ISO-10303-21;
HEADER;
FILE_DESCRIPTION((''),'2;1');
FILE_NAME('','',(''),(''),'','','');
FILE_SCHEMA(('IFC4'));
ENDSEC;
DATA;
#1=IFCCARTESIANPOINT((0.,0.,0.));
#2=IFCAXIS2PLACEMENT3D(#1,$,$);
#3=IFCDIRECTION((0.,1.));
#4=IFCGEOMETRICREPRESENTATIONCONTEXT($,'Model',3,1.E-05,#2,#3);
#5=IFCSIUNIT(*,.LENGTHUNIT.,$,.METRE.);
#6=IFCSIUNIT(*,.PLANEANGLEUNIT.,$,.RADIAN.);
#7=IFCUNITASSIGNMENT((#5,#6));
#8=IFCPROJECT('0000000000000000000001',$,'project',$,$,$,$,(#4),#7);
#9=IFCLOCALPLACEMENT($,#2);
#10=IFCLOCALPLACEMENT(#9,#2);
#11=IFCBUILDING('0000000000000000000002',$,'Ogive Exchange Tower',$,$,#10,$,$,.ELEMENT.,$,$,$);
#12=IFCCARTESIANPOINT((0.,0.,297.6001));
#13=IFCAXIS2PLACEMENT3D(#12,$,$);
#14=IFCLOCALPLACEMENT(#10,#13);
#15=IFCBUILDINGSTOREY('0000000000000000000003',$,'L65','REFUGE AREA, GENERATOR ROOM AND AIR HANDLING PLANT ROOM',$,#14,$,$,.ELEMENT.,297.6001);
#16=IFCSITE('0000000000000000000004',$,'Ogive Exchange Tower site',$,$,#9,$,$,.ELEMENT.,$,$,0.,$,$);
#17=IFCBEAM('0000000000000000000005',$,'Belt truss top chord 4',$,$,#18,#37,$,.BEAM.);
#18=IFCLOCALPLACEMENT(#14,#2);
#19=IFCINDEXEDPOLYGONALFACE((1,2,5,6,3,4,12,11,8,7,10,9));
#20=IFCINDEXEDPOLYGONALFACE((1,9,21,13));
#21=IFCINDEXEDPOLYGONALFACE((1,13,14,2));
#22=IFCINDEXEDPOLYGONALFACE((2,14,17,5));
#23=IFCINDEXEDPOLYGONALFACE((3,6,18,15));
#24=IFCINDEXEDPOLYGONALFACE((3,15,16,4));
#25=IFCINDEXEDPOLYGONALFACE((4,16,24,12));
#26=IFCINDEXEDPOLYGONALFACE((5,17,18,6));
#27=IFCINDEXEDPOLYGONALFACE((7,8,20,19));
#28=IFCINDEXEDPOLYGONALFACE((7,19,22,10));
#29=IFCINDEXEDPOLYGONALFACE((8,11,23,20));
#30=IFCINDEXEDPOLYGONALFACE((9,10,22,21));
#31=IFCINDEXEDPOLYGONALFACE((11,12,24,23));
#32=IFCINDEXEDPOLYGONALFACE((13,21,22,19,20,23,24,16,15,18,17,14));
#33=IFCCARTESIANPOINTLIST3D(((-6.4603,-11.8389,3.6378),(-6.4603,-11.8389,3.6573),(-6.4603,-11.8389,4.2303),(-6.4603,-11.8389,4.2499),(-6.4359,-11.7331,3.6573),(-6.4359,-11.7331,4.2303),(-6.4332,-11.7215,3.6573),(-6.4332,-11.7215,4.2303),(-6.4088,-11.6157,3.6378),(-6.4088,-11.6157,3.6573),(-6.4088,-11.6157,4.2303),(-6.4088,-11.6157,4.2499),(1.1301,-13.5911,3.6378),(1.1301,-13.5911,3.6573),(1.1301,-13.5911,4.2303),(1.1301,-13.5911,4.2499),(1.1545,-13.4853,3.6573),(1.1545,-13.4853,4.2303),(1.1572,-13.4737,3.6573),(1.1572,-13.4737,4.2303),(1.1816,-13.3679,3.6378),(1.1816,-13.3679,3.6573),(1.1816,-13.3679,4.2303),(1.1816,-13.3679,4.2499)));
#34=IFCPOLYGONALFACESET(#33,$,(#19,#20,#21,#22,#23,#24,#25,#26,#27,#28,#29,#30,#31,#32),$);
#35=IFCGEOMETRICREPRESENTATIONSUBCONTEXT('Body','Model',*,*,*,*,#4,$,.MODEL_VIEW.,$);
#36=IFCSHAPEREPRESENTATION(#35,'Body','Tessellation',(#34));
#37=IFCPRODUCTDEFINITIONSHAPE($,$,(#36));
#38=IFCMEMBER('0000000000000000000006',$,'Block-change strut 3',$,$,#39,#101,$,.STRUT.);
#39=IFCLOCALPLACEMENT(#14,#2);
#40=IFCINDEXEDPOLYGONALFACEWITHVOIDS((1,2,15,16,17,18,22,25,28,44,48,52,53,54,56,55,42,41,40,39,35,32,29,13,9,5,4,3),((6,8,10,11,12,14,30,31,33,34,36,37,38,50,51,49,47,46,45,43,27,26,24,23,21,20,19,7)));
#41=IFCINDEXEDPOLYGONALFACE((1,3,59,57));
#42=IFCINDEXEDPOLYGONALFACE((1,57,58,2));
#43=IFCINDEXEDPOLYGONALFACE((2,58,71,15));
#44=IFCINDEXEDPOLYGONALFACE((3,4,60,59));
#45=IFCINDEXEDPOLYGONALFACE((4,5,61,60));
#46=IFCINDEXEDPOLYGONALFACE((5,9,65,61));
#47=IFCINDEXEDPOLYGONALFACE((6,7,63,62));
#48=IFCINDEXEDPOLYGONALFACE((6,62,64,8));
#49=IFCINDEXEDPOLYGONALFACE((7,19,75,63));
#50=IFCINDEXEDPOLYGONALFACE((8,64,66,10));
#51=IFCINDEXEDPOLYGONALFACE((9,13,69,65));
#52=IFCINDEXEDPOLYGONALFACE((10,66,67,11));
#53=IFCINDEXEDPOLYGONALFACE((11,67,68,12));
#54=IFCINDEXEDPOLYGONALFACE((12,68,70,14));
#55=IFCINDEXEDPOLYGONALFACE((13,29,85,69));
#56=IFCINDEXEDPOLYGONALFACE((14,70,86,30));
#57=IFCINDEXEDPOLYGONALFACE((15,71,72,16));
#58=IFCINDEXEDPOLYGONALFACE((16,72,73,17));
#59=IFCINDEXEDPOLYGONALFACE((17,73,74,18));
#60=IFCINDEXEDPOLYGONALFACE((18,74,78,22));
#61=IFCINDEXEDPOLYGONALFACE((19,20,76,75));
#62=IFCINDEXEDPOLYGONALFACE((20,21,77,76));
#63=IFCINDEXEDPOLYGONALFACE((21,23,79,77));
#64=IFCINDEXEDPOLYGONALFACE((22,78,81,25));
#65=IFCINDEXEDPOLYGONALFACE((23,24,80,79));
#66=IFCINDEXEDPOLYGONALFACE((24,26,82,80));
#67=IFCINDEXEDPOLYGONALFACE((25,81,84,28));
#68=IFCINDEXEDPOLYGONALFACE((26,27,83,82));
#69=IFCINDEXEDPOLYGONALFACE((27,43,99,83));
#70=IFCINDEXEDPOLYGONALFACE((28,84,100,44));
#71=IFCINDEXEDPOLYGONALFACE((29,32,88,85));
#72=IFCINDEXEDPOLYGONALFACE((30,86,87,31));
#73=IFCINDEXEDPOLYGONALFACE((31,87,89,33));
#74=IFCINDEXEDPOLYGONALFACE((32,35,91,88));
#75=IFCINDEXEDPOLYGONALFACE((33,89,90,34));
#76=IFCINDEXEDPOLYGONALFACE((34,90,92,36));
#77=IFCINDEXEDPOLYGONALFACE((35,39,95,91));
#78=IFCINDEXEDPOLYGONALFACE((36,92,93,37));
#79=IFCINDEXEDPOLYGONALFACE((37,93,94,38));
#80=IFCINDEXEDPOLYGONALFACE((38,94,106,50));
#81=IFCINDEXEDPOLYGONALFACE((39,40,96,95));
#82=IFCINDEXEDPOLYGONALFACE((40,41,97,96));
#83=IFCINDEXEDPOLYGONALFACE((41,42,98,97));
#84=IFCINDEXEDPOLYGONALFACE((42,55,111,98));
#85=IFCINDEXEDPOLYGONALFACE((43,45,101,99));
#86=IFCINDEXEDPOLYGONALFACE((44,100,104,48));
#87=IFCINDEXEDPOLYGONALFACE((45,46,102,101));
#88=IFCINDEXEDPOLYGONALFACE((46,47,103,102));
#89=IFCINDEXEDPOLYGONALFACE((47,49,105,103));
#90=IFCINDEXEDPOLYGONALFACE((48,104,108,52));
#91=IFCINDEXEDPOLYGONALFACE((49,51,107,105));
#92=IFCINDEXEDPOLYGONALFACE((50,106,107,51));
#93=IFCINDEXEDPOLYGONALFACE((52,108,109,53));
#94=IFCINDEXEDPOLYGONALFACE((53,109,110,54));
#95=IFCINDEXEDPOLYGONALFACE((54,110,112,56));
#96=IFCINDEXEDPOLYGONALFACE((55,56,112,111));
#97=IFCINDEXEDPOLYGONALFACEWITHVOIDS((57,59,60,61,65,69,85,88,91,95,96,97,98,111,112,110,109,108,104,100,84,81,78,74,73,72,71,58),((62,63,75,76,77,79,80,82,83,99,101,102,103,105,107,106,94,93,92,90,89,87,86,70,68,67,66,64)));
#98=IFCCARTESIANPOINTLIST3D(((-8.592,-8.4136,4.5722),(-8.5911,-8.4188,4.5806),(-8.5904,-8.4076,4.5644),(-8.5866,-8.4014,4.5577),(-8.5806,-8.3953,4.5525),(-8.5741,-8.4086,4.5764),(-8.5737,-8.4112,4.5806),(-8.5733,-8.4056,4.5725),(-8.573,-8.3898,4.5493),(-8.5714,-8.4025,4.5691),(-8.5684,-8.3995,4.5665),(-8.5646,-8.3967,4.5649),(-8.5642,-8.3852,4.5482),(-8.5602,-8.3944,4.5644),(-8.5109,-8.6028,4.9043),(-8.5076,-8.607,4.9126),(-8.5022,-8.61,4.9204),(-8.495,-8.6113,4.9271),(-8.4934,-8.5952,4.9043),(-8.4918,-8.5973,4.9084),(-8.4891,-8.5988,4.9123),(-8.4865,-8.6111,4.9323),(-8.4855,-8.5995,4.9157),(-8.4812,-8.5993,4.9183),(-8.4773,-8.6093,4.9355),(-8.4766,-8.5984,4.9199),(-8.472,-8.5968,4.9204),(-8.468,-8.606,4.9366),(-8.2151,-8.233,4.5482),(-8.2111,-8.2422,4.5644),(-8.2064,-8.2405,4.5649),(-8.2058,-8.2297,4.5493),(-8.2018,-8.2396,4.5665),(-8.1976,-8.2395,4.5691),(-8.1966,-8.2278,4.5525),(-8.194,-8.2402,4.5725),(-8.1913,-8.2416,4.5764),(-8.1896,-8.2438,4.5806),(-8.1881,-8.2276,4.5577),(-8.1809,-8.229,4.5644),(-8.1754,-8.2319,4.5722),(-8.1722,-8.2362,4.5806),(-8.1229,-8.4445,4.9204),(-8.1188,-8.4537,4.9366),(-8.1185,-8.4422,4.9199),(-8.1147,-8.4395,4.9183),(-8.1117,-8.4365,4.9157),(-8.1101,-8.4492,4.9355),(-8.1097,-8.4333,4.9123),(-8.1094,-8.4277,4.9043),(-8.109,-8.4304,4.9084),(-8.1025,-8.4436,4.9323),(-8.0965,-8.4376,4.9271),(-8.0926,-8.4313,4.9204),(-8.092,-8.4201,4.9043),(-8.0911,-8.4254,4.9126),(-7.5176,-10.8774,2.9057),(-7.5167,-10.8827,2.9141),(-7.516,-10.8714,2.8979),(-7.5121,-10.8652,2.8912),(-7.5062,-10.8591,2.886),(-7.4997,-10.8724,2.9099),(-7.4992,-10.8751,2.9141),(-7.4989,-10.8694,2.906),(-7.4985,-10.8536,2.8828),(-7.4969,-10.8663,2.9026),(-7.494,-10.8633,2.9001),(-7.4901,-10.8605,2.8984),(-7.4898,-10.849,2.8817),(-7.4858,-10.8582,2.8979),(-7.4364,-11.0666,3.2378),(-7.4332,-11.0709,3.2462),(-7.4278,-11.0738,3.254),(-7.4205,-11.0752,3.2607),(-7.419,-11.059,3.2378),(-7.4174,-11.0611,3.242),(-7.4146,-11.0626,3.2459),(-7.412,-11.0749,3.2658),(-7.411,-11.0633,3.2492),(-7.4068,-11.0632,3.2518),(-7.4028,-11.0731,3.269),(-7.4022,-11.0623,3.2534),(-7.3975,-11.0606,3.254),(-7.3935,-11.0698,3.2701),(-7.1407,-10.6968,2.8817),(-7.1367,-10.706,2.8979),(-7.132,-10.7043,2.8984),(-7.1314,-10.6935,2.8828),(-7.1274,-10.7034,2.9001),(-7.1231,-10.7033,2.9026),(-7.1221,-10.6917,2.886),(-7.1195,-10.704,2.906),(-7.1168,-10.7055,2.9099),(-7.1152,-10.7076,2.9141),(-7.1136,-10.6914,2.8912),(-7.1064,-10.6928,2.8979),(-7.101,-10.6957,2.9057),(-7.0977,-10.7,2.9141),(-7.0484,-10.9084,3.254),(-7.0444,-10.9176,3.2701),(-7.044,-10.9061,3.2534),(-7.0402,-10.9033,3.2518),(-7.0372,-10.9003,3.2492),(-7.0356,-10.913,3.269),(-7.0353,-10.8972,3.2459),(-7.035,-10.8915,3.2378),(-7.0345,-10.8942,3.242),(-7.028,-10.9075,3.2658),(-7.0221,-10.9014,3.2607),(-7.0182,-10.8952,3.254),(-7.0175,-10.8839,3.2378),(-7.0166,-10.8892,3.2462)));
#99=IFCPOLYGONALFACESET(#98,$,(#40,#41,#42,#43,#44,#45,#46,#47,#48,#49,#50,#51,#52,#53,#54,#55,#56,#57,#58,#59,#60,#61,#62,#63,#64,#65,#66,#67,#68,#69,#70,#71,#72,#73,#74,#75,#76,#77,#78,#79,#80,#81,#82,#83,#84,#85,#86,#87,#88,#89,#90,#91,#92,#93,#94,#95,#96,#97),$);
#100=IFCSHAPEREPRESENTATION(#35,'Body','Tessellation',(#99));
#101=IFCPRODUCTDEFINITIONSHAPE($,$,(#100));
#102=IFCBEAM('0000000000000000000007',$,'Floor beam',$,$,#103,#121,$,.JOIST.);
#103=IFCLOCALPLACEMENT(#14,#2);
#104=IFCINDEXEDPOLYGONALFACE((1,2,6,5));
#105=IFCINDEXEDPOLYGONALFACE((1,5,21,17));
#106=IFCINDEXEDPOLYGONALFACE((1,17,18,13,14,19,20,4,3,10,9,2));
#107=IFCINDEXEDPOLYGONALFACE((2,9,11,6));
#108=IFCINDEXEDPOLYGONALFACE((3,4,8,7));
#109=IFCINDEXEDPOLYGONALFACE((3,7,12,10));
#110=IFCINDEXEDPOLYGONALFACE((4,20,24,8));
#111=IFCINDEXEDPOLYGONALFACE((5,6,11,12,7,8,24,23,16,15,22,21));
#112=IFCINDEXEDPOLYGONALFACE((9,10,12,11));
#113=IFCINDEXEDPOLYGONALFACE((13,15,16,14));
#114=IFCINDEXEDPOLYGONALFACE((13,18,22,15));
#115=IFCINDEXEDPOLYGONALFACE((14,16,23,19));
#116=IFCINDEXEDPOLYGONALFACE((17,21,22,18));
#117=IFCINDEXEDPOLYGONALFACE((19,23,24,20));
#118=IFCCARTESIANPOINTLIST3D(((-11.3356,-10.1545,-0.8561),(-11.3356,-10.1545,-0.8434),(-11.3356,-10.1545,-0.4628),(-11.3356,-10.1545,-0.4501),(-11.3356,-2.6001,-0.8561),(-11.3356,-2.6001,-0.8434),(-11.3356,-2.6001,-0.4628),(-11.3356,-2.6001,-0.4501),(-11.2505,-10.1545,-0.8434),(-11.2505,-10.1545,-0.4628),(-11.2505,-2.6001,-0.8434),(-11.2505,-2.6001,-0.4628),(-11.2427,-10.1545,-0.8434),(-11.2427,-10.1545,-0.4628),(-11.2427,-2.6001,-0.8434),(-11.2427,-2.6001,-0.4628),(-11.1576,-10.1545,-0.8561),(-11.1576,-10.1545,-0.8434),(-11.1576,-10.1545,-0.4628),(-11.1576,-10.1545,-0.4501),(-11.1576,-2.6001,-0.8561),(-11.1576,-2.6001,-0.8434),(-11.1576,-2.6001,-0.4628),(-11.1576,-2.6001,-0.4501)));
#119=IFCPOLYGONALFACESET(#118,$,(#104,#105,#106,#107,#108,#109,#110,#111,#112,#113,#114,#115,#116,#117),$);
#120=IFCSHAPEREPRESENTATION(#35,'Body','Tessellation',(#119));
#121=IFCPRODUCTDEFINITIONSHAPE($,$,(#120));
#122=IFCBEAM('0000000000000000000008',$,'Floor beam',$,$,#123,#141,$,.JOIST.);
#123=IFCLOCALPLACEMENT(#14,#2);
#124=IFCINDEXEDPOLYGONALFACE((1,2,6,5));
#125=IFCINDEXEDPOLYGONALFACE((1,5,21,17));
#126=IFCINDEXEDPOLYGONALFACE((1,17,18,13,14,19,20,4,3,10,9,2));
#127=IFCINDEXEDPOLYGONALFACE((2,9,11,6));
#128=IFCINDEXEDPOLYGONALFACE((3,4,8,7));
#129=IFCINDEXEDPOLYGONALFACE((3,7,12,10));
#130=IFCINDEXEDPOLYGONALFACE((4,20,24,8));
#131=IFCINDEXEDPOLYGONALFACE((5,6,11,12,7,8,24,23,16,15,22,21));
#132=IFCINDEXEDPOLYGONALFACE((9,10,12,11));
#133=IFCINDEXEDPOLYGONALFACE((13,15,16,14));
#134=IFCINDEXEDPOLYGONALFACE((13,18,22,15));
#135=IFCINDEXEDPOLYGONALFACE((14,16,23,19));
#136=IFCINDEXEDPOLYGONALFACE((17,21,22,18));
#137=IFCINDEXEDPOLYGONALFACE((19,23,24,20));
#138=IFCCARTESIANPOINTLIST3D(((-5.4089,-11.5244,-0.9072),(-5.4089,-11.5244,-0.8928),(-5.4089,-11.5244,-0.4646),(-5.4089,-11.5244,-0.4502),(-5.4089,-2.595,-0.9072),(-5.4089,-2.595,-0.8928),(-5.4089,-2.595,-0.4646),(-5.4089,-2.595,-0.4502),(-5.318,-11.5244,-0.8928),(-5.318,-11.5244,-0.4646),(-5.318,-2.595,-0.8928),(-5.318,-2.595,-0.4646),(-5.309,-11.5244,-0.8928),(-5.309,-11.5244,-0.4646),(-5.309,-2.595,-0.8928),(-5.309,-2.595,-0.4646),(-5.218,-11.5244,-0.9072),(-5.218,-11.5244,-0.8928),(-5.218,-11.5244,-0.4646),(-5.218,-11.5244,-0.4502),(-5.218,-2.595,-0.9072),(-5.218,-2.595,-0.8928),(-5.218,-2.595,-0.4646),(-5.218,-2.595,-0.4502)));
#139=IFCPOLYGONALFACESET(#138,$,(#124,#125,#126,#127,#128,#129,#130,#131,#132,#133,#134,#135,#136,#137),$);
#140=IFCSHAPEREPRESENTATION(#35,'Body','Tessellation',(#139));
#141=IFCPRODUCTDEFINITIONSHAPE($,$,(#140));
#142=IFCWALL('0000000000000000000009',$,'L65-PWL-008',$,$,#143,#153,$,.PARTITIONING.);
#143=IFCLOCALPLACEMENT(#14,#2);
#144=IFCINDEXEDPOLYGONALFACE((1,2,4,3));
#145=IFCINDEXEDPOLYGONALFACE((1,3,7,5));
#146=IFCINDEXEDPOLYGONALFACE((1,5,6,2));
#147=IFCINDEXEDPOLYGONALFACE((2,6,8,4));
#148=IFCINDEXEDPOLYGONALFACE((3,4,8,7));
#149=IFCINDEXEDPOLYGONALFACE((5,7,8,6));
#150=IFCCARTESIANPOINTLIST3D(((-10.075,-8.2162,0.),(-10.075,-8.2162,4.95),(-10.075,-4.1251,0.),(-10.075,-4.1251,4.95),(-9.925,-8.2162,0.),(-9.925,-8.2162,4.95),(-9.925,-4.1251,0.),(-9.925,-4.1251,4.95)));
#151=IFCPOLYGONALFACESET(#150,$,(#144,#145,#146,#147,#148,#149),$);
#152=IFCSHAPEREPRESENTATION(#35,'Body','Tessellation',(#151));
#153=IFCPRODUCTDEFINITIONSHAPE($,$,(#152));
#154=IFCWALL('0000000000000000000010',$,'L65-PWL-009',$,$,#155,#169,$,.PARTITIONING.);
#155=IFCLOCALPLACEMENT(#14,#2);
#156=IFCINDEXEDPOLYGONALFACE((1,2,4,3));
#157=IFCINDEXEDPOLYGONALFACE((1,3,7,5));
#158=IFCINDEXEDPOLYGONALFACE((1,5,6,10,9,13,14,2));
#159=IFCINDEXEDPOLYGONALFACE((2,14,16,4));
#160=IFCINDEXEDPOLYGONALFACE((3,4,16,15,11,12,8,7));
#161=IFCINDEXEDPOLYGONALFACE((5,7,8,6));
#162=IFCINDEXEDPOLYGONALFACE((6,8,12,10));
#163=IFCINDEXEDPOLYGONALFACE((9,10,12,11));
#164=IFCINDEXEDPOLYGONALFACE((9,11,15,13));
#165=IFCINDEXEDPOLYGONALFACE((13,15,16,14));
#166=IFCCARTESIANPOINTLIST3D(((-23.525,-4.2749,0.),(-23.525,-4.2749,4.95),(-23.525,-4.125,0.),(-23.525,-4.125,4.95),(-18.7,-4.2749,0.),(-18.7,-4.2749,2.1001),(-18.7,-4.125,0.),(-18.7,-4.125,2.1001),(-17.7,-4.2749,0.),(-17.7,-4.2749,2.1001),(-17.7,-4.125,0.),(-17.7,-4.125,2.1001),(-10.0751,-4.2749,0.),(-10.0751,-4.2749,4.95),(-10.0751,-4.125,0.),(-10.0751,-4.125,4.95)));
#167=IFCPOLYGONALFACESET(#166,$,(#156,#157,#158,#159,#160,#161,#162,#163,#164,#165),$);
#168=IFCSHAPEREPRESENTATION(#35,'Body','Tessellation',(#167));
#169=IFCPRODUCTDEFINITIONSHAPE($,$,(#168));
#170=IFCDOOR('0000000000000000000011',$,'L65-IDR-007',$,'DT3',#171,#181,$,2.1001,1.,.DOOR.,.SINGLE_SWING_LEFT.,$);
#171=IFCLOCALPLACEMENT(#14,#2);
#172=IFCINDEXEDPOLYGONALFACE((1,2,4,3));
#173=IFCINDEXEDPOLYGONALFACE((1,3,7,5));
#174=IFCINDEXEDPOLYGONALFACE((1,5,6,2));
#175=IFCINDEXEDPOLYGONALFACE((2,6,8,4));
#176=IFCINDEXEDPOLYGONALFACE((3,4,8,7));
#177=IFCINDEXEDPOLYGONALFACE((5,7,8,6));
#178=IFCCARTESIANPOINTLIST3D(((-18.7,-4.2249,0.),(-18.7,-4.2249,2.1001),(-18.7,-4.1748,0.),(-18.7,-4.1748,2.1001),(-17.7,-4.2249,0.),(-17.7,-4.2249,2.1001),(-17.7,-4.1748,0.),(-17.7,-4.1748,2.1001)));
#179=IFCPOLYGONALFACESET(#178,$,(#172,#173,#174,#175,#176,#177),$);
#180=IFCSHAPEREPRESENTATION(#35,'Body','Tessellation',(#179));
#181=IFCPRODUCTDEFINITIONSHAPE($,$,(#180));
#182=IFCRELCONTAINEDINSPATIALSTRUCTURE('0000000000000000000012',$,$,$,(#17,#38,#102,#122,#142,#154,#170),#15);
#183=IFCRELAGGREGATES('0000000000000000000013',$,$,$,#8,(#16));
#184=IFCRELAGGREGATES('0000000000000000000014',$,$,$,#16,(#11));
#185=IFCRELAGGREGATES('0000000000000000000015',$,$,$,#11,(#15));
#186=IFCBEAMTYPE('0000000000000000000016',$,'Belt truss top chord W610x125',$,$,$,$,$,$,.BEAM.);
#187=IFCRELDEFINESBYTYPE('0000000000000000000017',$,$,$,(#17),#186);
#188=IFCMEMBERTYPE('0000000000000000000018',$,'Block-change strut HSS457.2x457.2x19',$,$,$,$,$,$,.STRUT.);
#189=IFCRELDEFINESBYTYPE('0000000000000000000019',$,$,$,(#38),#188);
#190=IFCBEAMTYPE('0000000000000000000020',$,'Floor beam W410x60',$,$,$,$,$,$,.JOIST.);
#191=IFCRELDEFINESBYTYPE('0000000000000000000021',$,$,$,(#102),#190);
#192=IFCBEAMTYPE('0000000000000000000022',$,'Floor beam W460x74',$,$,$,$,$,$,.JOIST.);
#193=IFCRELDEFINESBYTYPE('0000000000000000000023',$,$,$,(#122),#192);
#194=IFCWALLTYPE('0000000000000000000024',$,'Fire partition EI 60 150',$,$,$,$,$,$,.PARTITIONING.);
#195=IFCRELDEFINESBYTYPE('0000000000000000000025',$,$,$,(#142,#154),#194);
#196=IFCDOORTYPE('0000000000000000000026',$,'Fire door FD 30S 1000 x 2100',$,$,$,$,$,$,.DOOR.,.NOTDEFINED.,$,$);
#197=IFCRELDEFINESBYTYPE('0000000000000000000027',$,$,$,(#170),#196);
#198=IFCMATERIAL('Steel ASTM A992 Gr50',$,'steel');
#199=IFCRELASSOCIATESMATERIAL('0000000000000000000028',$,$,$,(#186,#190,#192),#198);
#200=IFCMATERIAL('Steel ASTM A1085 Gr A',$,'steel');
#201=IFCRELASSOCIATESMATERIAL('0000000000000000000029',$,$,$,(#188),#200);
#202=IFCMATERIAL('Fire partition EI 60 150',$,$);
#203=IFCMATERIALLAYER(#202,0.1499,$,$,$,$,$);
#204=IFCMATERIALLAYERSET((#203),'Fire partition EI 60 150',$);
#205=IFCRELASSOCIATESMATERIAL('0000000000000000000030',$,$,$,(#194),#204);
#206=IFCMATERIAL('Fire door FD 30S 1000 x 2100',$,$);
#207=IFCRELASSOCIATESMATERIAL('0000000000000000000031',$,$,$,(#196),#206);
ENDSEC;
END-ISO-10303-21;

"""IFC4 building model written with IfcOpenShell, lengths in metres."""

from ifc_helpers import new_model, si_unit, direction, frame, frame_2d, origin, origin_2d, place, context, subcontext, project, spatial, rectangle, hollow_rectangle, i_section, extrude, material, layer, layer_set, material_profile, profile_set, type_object, element, fill, save


model = new_model("IFC4")

# Units and contexts
model_context = context("Model", 3, precision=1e-05, world=origin(), true_north=direction((0.0, 1.0)))
body_context = subcontext(model_context, "Body", "Model", "MODEL_VIEW")
ifc_project = project(units=[si_unit("LENGTHUNIT", "METRE"), si_unit("PLANEANGLEUNIT", "RADIAN")], contexts=[model_context])

# Site, building, storey
site_placement = place(None, origin())
site = spatial("IfcSite", under=ifc_project, at=site_placement, Name="Ogive Exchange Tower site", CompositionType="ELEMENT", RefElevation=0.0)
building_placement = place(site_placement, origin())
building = spatial("IfcBuilding", under=site, at=building_placement, Name="Ogive Exchange Tower", CompositionType="ELEMENT")
storey_placement = place(building_placement, frame((0.0, 0.0, 297.6001)))
storey = spatial("IfcBuildingStorey", under=building, at=storey_placement, Name="L65", Description="REFUGE AREA, GENERATOR ROOM AND AIR HANDLING PLANT ROOM", CompositionType="ELEMENT", Elevation=297.6001)

# Shared definitions
ifc_material_1 = material(Name="Steel ASTM A992 Gr50", Category="steel")

# Shared definitions
ifc_material_2 = material(Name="Steel ASTM A1085 Gr A", Category="steel")

# Beam
ifc_material_profile_1 = material_profile(ifc_material_1, i_section(OverallWidth=0.229, OverallDepth=0.6121, WebThickness=0.012, FlangeThickness=0.0195, at=origin_2d()), Name="W610x125")
ifc_profile_set_1 = profile_set([ifc_material_profile_1], Name="Steel ASTM A992 Gr50")
beam_type_1 = type_object("IfcBeamType", Name="Belt truss top chord W610x125", PredefinedType="BEAM", material=ifc_profile_set_1)
beam_1_placement = place(storey_placement, frame((-6.4346, -11.7273, 3.9438), z_axis=(0.974375, -0.22493, 0.0), x_axis=(0.22493, 0.974375, 0.0)))
element("IfcBeam", 1, at=beam_1_placement, inside=storey, type_object=beam_type_1, Name="Belt truss top chord 4", PredefinedType="BEAM", context=body_context, shape_type="SweptSolid", body=[
    extrude(i_section(OverallWidth=0.229, OverallDepth=0.6121, WebThickness=0.012, FlangeThickness=0.0195, at=origin_2d()), origin(), (0.0, 0.0, 1.0), 7.79),
])

# Member
ifc_material_profile_2 = material_profile(ifc_material_2, hollow_rectangle(XDim=0.457, YDim=0.457, WallThickness=0.019, InnerFilletRadius=0.019, OuterFilletRadius=0.0381, at=origin_2d()), Name="HSS457.2x457.2x19")
ifc_profile_set_2 = profile_set([ifc_material_profile_2], Name="Steel ASTM A1085 Gr A")
member_type_1 = type_object("IfcMemberType", Name="Block-change strut HSS457.2x457.2x19", PredefinedType="STRUT", material=ifc_profile_set_2)
member_placement = place(storey_placement, frame((-7.2671, -10.8833, 3.0759), z_axis=(-0.339735, 0.779052, 0.526933), x_axis=(-0.916632, -0.399732, 0.0)))
element("IfcMember", 2, at=member_placement, inside=storey, type_object=member_type_1, Name="Block-change strut 3", PredefinedType="STRUT", context=body_context, shape_type="SweptSolid", body=[
    extrude(hollow_rectangle(XDim=0.457, YDim=0.457, WallThickness=0.019, InnerFilletRadius=0.019, OuterFilletRadius=0.0381, at=origin_2d()), origin(), (0.0, 0.0, 1.0), 3.1626),
])

# Beams
ifc_material_profile_3 = material_profile(ifc_material_1, i_section(OverallWidth=0.178, OverallDepth=0.406, WebThickness=0.0078, FlangeThickness=0.0127, at=origin_2d()), Name="W410x60")
ifc_profile_set_3 = profile_set([ifc_material_profile_3], Name="Steel ASTM A992 Gr50")
beam_type_2 = type_object("IfcBeamType", Name="Floor beam W410x60", PredefinedType="JOIST", material=ifc_profile_set_3)
beam_2_placement = place(storey_placement, frame((-11.2466, -10.1545, -0.6531), z_axis=(0.0, 1.0, 0.0), x_axis=(-1.0, 0.0, 0.0)))
element("IfcBeam", 3, at=beam_2_placement, inside=storey, type_object=beam_type_2, Name="Floor beam", PredefinedType="JOIST", context=body_context, shape_type="SweptSolid", body=[
    extrude(i_section(OverallWidth=0.178, OverallDepth=0.406, WebThickness=0.0078, FlangeThickness=0.0127, at=origin_2d()), origin(), (0.0, 0.0, 1.0), 7.5544),
])
ifc_material_profile_4 = material_profile(ifc_material_1, i_section(OverallWidth=0.1909, OverallDepth=0.457, WebThickness=0.009, FlangeThickness=0.0144, at=origin_2d()), Name="W460x74")
ifc_profile_set_4 = profile_set([ifc_material_profile_4], Name="Steel ASTM A992 Gr50")
beam_type_3 = type_object("IfcBeamType", Name="Floor beam W460x74", PredefinedType="JOIST", material=ifc_profile_set_4)
beam_3_placement = place(storey_placement, frame((-5.3135, -11.5244, -0.6787), z_axis=(0.0, 1.0, 0.0), x_axis=(-1.0, 0.0, 0.0)))
element("IfcBeam", 4, at=beam_3_placement, inside=storey, type_object=beam_type_3, Name="Floor beam", PredefinedType="JOIST", context=body_context, shape_type="SweptSolid", body=[
    extrude(i_section(OverallWidth=0.1909, OverallDepth=0.457, WebThickness=0.009, FlangeThickness=0.0144, at=origin_2d()), origin(), (0.0, 0.0, 1.0), 8.9294),
])

# Wall
ifc_material_3 = material(Name="Fire partition EI 60 150")
ifc_layer_1 = layer(ifc_material_3, 0.1499)
ifc_layer_set_1 = layer_set([ifc_layer_1], Name="Fire partition EI 60 150")
wall_type_1 = type_object("IfcWallType", Name="Fire partition EI 60 150", PredefinedType="PARTITIONING", material=ifc_layer_set_1)
wall_1_placement = place(storey_placement, frame((-10.0, -8.2161, 0.0), z_axis=(0.0, 0.0, 1.0), x_axis=(0.0, 1.0, 0.0)))
element("IfcWall", 5, at=wall_1_placement, inside=storey, type_object=wall_type_1, Name="L65-PWL-008", PredefinedType="PARTITIONING", context=body_context, shape_type="SweptSolid", body=[
    extrude(rectangle(XDim=4.0911, YDim=0.1499, at=frame_2d((2.0454, 0.0))), origin(), (0.0, 0.0, 1.0), 4.95),
])

# Wall, opening, door
wall_2_placement = place(storey_placement, frame((-10.075, -4.2, 0.0), z_axis=(0.0, 0.0, 1.0), x_axis=(-1.0, 0.0, 0.0)))
wall_2 = element("IfcWall", 6, at=wall_2_placement, inside=storey, type_object=wall_type_1, Name="L65-PWL-009", PredefinedType="PARTITIONING", context=body_context, shape_type="SweptSolid", body=[
    extrude(rectangle(XDim=13.45, YDim=0.1499, at=frame_2d((6.7251, 0.0))), origin(), (0.0, 0.0, 1.0), 4.95),
])
opening_placement = place(wall_2_placement, frame((7.625, 0.0, 0.0)))
opening = element("IfcOpeningElement", 7, at=opening_placement, cuts=wall_2, PredefinedType="OPENING", context=body_context, shape_type="SweptSolid", body=[
    extrude(rectangle(XDim=1.0, YDim=2.1001, at=frame_2d((0.5, 1.05))), frame((0.0, 0.085, 0.0), z_axis=(0.0, -1.0, 0.0), x_axis=(1.0, 0.0, 0.0)), (0.0, 0.0, 1.0), 0.1699),
])
ifc_material_4 = material(Name="Fire door FD 30S 1000 x 2100")
door_type = type_object("IfcDoorType", Name="Fire door FD 30S 1000 x 2100", OperationType="NOTDEFINED", PredefinedType="DOOR", material=ifc_material_4)
door_placement = place(opening_placement, origin())
door = element("IfcDoor", 8, at=door_placement, inside=storey, type_object=door_type, Name="L65-IDR-007", ObjectType="DT3", OperationType="SINGLE_SWING_LEFT", OverallHeight=2.1001, OverallWidth=1.0, PredefinedType="DOOR", context=body_context, shape_type="SweptSolid", body=[
    extrude(rectangle(XDim=1.0, YDim=2.1001, at=frame_2d((0.5, 1.05))), frame((0.0, 0.0249, 0.0), z_axis=(0.0, -1.0, 0.0), x_axis=(1.0, 0.0, 0.0)), (0.0, 0.0, 1.0), 0.05),
])
fill(opening, door)

save(model, "model.ifc")
